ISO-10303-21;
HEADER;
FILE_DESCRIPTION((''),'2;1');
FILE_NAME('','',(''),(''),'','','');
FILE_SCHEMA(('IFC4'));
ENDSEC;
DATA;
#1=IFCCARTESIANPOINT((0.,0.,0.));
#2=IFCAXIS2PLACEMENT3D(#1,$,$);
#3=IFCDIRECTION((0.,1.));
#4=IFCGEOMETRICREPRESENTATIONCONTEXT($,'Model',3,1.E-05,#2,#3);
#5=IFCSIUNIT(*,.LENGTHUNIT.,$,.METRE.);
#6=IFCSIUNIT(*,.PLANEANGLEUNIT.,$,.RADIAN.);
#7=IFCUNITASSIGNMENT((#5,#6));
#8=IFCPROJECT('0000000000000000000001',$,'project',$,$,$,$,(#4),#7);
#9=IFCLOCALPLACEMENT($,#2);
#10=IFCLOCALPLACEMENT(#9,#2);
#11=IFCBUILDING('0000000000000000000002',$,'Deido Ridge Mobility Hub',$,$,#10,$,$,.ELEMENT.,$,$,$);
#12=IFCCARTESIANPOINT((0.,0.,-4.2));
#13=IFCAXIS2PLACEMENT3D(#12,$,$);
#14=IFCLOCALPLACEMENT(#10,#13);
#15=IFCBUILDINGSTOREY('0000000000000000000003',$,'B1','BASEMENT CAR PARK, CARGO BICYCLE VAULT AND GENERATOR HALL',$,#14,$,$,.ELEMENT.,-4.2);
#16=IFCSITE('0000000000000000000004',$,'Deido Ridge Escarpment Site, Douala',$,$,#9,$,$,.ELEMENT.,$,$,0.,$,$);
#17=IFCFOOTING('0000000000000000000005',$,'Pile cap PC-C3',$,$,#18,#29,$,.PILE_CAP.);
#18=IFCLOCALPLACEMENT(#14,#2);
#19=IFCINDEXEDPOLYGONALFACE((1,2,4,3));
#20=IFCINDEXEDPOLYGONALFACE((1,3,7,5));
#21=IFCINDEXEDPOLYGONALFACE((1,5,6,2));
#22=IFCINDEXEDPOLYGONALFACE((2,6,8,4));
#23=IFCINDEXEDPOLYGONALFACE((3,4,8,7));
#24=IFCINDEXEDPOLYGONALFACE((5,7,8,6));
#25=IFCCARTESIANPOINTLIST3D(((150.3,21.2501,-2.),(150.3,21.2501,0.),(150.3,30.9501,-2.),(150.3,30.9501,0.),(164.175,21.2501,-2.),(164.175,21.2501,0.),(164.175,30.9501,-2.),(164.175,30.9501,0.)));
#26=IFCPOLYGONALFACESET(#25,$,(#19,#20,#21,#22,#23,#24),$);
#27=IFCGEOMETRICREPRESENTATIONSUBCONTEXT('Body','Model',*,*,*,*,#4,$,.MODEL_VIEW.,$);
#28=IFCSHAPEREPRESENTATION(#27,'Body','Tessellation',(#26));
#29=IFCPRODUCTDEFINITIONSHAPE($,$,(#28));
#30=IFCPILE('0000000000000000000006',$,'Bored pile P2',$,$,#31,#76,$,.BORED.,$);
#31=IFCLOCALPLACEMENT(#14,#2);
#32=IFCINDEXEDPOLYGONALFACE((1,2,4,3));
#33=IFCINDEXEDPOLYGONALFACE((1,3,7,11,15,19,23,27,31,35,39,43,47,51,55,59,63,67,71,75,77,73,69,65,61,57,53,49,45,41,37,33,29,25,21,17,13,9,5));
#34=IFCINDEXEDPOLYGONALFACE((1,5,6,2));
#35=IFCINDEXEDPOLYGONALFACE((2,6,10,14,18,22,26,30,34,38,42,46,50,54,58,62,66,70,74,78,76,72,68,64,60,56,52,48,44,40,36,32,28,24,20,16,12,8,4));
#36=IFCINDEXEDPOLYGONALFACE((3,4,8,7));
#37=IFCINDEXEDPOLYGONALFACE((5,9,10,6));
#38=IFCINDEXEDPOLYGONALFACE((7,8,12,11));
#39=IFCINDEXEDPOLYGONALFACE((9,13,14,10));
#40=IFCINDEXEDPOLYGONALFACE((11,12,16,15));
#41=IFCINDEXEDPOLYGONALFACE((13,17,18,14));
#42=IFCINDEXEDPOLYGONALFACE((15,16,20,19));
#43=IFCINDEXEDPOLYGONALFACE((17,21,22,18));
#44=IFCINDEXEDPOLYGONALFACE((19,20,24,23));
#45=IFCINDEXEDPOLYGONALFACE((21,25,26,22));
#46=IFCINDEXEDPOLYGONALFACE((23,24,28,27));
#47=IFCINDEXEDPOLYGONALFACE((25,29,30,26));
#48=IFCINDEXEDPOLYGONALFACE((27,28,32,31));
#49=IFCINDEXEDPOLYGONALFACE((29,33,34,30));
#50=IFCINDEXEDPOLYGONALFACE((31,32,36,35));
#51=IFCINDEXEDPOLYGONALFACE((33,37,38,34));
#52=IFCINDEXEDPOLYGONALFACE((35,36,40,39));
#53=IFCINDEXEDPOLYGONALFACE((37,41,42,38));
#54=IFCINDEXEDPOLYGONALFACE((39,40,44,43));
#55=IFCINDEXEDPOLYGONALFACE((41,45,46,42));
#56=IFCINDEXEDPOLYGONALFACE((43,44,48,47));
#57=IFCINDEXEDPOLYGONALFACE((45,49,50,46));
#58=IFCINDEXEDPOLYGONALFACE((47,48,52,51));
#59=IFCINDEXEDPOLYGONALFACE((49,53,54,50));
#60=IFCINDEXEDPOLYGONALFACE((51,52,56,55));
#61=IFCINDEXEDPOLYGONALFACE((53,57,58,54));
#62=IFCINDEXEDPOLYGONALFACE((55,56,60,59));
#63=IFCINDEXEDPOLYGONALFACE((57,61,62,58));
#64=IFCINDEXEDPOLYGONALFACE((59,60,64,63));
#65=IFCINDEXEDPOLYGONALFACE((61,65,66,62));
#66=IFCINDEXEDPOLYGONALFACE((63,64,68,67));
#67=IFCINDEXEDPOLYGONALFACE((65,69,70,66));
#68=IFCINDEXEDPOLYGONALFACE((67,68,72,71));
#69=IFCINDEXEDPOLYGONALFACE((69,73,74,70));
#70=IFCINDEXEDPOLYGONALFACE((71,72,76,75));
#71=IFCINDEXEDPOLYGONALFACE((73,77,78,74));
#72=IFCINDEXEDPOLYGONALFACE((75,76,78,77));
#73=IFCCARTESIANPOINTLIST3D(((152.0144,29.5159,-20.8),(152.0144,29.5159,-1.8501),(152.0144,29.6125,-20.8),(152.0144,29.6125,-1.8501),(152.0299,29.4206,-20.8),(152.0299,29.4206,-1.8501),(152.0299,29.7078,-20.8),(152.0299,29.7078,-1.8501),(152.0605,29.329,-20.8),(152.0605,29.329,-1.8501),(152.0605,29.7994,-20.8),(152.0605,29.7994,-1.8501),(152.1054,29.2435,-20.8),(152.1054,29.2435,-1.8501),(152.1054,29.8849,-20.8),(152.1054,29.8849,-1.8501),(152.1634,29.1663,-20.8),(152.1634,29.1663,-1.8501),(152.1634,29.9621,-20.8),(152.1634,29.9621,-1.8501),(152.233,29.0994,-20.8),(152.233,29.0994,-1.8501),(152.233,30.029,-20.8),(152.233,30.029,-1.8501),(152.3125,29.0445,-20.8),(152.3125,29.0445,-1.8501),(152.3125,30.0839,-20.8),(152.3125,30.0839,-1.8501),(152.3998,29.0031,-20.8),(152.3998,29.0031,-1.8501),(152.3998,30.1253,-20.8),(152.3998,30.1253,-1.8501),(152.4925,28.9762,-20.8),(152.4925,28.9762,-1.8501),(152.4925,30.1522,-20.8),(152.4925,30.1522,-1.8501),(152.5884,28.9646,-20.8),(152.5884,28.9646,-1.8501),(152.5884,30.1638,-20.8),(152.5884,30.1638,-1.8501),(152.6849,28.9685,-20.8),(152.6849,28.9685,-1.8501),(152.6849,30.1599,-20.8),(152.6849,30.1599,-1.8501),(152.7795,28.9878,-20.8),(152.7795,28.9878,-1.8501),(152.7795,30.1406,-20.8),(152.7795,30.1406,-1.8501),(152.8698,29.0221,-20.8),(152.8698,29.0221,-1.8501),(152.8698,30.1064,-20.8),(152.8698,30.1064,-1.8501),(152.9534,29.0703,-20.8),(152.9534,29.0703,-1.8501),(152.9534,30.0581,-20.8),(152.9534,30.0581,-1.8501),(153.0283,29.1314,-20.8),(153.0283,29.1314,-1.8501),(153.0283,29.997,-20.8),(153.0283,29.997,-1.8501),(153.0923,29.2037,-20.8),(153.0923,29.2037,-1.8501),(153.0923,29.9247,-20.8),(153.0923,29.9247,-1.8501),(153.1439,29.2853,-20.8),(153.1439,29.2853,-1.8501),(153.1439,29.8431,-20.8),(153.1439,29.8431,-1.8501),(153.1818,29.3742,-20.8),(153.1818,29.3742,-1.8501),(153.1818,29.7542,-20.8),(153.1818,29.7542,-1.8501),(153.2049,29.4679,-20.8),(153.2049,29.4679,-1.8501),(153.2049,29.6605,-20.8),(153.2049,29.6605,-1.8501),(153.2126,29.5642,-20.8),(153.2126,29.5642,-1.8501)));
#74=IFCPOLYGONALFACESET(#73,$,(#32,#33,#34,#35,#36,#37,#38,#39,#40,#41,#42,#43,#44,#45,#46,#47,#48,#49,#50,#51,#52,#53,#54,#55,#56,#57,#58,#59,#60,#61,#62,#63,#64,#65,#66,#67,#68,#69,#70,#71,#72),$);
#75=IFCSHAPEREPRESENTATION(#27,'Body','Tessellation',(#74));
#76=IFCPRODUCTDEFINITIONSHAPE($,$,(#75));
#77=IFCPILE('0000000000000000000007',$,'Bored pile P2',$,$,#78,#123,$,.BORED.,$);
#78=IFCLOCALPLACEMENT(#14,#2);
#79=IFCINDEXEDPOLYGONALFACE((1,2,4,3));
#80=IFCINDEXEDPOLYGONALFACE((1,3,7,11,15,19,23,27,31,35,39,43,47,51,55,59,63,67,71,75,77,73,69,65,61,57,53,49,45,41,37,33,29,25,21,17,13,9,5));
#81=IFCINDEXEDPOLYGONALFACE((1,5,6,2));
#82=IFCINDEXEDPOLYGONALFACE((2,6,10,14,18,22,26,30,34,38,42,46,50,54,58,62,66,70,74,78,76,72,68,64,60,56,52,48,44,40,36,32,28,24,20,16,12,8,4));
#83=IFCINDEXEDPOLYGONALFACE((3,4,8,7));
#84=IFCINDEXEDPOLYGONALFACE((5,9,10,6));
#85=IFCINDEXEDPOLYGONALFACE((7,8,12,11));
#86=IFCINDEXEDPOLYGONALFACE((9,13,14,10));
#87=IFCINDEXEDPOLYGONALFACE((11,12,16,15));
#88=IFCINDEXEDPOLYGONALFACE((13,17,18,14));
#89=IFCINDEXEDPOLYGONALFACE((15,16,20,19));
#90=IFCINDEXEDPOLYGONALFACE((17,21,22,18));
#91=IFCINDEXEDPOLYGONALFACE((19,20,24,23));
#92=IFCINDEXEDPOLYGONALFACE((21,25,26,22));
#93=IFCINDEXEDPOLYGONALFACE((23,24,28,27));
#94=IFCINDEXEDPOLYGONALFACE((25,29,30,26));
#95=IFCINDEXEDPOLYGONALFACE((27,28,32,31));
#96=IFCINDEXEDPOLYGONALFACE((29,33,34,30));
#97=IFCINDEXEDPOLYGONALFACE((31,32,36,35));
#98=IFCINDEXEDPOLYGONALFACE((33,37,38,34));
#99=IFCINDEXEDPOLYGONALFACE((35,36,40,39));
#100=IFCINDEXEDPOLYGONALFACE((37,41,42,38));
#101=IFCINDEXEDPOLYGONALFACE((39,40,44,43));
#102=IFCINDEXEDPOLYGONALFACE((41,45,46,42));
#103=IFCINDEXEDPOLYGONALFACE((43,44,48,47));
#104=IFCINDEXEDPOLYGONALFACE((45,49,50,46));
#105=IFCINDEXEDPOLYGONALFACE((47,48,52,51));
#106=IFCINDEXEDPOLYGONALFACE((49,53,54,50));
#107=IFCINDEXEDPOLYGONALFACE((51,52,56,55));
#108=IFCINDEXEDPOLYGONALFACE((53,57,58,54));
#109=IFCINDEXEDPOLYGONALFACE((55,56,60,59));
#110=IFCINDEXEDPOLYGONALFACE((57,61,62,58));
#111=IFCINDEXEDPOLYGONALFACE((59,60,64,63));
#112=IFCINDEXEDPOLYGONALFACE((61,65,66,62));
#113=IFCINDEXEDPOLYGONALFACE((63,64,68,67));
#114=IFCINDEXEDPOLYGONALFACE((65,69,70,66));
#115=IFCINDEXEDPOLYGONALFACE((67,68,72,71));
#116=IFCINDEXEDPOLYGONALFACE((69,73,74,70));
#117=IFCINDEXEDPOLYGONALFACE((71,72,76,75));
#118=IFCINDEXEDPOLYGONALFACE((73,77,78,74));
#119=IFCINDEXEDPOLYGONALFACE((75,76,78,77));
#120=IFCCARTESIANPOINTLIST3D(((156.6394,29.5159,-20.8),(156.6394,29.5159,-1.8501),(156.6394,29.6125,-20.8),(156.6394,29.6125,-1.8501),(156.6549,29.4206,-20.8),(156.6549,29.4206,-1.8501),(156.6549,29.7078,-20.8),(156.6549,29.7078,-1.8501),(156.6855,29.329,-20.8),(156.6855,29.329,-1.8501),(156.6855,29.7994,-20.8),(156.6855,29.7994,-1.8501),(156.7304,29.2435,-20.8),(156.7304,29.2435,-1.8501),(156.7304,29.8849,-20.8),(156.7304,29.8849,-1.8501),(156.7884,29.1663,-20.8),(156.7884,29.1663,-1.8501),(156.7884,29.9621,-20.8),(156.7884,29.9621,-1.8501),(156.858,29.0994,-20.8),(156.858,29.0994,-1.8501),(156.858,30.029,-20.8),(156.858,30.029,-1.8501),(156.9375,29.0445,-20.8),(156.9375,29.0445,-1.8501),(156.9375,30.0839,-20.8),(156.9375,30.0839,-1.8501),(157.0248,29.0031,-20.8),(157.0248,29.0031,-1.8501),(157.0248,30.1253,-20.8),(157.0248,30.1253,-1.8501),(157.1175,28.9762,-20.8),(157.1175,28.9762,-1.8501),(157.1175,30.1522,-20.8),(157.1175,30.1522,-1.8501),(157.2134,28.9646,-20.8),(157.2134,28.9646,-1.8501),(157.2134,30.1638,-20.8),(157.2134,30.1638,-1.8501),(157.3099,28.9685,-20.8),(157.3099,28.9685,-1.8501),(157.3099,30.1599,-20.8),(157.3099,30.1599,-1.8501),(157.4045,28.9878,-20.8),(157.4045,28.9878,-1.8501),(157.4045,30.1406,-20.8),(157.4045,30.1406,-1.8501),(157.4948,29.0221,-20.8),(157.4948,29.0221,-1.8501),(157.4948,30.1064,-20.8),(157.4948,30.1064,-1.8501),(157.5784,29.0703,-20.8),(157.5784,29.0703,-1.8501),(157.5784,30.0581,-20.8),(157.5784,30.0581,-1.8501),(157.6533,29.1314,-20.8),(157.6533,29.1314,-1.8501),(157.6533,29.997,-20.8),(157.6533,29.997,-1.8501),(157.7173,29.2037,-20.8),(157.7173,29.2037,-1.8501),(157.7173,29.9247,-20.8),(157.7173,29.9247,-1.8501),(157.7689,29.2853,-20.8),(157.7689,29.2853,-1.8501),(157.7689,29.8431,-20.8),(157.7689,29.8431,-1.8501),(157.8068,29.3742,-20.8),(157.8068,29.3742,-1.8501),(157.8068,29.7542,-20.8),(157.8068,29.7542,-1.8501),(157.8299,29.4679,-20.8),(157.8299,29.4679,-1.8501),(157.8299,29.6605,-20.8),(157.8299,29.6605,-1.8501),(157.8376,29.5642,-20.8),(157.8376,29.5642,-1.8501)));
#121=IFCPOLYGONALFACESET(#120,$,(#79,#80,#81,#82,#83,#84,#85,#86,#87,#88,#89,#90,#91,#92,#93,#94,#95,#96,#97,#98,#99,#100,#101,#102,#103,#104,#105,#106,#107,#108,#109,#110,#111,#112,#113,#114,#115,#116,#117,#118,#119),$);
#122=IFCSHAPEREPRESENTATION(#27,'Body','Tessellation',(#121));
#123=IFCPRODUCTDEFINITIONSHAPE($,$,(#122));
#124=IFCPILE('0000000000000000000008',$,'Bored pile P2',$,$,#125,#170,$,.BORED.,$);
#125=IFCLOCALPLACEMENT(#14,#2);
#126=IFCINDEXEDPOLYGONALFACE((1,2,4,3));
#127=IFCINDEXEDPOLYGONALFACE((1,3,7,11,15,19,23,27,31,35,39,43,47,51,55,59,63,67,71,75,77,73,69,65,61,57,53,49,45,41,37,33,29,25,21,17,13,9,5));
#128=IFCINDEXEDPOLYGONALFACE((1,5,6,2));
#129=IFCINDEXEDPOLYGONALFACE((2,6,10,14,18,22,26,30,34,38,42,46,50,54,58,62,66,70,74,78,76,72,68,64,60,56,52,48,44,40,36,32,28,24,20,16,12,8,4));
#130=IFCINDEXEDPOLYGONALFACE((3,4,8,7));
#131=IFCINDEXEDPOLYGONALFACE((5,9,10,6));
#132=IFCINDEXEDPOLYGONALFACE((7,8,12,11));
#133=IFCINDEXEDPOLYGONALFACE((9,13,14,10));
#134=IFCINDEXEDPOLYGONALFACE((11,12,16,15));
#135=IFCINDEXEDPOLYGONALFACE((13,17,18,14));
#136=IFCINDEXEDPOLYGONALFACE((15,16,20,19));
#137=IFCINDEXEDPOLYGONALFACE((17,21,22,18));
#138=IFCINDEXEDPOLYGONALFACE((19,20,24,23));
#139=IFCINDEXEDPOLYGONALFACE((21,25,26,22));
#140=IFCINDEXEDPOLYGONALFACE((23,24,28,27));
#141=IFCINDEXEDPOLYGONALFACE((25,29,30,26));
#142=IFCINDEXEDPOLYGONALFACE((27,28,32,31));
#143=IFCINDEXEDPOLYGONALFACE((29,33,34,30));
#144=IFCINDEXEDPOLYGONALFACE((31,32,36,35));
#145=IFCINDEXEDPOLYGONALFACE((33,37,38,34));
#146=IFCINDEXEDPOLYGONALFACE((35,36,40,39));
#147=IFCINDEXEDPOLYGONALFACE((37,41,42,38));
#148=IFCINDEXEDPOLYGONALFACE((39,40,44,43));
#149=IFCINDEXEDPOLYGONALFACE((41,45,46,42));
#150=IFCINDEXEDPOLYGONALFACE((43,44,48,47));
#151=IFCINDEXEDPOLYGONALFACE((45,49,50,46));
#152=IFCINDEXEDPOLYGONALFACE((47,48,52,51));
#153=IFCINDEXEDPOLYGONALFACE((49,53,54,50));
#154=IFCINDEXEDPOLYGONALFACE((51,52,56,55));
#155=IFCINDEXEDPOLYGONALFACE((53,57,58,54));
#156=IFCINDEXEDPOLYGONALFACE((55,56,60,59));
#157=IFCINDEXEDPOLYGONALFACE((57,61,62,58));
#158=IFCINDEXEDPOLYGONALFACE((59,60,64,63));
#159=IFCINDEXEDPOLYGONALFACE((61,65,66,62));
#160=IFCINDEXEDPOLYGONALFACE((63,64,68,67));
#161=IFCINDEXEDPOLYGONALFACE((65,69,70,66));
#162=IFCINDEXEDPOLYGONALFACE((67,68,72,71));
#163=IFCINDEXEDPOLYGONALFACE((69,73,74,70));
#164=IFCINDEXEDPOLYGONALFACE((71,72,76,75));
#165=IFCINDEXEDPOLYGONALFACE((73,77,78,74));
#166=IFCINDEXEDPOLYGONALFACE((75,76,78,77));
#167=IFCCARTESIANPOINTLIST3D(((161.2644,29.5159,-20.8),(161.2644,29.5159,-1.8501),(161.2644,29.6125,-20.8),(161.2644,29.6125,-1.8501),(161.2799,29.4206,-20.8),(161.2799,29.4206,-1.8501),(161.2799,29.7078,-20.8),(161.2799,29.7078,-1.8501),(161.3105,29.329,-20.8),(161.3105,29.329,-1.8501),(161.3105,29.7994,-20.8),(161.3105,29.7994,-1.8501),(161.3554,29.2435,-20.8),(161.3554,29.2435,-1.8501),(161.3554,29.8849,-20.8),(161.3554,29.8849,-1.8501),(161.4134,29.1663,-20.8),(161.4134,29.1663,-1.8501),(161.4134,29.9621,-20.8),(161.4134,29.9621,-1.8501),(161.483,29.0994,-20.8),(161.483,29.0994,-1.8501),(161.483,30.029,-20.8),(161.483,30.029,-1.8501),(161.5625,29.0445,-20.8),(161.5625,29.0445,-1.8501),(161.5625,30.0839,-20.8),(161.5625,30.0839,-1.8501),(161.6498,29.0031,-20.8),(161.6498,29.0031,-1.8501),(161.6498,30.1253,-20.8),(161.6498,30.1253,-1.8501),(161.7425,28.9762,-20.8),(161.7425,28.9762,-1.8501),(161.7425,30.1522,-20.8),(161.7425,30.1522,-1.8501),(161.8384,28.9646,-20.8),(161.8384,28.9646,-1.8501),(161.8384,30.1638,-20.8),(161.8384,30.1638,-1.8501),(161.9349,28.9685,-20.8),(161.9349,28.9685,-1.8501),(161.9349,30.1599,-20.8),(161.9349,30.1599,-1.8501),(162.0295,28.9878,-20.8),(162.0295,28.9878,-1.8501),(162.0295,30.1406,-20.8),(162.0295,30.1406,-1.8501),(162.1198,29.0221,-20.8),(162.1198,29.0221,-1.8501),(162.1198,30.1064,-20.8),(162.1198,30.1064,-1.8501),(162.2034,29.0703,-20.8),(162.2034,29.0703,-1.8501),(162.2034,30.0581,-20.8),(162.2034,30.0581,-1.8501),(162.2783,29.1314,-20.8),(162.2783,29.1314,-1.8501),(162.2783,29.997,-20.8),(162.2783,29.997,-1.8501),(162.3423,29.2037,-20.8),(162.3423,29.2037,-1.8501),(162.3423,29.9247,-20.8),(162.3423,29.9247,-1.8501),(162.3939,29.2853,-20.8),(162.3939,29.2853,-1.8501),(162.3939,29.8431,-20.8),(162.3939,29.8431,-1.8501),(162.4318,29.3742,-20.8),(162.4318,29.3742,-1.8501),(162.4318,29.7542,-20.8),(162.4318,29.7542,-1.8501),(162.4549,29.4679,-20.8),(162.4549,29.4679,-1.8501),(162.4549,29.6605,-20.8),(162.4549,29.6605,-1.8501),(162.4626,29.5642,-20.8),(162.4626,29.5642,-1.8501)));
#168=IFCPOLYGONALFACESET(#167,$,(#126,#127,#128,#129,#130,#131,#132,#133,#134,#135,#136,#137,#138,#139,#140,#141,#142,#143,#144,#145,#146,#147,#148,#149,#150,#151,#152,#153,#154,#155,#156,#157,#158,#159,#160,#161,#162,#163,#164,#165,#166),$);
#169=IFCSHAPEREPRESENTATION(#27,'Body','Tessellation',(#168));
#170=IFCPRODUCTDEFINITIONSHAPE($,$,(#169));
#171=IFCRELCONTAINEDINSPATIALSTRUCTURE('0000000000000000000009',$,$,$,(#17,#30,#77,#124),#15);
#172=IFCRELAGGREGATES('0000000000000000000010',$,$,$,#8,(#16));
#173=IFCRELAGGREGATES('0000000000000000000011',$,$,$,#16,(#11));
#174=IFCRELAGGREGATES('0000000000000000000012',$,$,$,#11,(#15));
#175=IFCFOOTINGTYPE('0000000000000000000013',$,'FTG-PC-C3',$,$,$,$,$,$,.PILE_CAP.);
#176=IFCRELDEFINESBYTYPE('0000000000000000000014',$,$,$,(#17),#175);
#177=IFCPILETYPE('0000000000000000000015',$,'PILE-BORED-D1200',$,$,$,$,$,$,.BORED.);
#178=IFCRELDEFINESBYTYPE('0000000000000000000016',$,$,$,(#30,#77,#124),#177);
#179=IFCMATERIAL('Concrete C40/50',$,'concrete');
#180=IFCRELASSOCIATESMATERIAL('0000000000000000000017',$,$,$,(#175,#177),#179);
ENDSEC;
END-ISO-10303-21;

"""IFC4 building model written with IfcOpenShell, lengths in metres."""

from ifc_helpers import new_model, si_unit, direction, frame, origin, origin_2d, place, context, subcontext, project, spatial, rectangle, circle, extrude, material, material_profile, profile_set, type_object, element, save


model = new_model("IFC4")

# Units and contexts
model_context = context("Model", 3, precision=1e-05, world=origin(), true_north=direction((0.0, 1.0)))
body_context = subcontext(model_context, "Body", "Model", "MODEL_VIEW")
ifc_project = project(units=[si_unit("LENGTHUNIT", "METRE"), si_unit("PLANEANGLEUNIT", "RADIAN")], contexts=[model_context])

# Site, building, storey
site_placement = place(None, origin())
site = spatial("IfcSite", under=ifc_project, at=site_placement, Name="Deido Ridge Escarpment Site, Douala", CompositionType="ELEMENT", RefElevation=0.0)
building_placement = place(site_placement, origin())
building = spatial("IfcBuilding", under=site, at=building_placement, Name="Deido Ridge Mobility Hub", CompositionType="ELEMENT")
storey_placement = place(building_placement, frame((0.0, 0.0, -4.2)))
storey = spatial("IfcBuildingStorey", under=building, at=storey_placement, Name="B1", Description="BASEMENT CAR PARK, CARGO BICYCLE VAULT AND GENERATOR HALL", CompositionType="ELEMENT", Elevation=-4.2)

# Footing
ifc_material_1 = material(Name="Concrete C40/50", Category="concrete")
footing_type = type_object("IfcFootingType", Name="FTG-PC-C3", PredefinedType="PILE_CAP", material=ifc_material_1)
footing_placement = place(storey_placement, frame((157.2375, 26.1001, -2.0), z_axis=(0.0, 0.0, 1.0), x_axis=(1.0, 0.0, 0.0)))
element("IfcFooting", 1, at=footing_placement, inside=storey, type_object=footing_type, Name="Pile cap PC-C3", PredefinedType="PILE_CAP", context=body_context, shape_type="SweptSolid", body=[
    extrude(rectangle(XDim=13.875, YDim=9.7, at=origin_2d()), origin(), (0.0, 0.0, 1.0), 2.0),
])

# Piles
ifc_material_profile_1 = material_profile(ifc_material_1, circle(Radius=0.6001, at=origin_2d()), Name="BORED PILE D1200")
ifc_profile_set_1 = profile_set([ifc_material_profile_1], Name="Concrete C40/50")
pile_type_1 = type_object("IfcPileType", Name="PILE-BORED-D1200", PredefinedType="BORED", material=ifc_profile_set_1)
for number, where, z_axis, x_axis, name in (
    (2, (152.6125, 29.5642, -1.8501), (0.0, 0.0, -1.0), (1.0, 0.0, 0.0), "Bored pile P2"),
    (3, (157.2375, 29.5642, -1.8501), (0.0, 0.0, -1.0), (1.0, 0.0, 0.0), "Bored pile P2"),
    (4, (161.8625, 29.5642, -1.8501), (0.0, 0.0, -1.0), (1.0, 0.0, 0.0), "Bored pile P2"),
):
    element("IfcPile", number, at=place(storey_placement, frame(where, z_axis=z_axis, x_axis=x_axis)), inside=storey, type_object=pile_type_1, Name=name, PredefinedType="BORED", context=body_context, shape_type="SweptSolid", body=[
        extrude(circle(Radius=0.6001, at=origin_2d()), origin(), (0.0, 0.0, 1.0), 18.95),
    ])

save(model, "model.ifc")
